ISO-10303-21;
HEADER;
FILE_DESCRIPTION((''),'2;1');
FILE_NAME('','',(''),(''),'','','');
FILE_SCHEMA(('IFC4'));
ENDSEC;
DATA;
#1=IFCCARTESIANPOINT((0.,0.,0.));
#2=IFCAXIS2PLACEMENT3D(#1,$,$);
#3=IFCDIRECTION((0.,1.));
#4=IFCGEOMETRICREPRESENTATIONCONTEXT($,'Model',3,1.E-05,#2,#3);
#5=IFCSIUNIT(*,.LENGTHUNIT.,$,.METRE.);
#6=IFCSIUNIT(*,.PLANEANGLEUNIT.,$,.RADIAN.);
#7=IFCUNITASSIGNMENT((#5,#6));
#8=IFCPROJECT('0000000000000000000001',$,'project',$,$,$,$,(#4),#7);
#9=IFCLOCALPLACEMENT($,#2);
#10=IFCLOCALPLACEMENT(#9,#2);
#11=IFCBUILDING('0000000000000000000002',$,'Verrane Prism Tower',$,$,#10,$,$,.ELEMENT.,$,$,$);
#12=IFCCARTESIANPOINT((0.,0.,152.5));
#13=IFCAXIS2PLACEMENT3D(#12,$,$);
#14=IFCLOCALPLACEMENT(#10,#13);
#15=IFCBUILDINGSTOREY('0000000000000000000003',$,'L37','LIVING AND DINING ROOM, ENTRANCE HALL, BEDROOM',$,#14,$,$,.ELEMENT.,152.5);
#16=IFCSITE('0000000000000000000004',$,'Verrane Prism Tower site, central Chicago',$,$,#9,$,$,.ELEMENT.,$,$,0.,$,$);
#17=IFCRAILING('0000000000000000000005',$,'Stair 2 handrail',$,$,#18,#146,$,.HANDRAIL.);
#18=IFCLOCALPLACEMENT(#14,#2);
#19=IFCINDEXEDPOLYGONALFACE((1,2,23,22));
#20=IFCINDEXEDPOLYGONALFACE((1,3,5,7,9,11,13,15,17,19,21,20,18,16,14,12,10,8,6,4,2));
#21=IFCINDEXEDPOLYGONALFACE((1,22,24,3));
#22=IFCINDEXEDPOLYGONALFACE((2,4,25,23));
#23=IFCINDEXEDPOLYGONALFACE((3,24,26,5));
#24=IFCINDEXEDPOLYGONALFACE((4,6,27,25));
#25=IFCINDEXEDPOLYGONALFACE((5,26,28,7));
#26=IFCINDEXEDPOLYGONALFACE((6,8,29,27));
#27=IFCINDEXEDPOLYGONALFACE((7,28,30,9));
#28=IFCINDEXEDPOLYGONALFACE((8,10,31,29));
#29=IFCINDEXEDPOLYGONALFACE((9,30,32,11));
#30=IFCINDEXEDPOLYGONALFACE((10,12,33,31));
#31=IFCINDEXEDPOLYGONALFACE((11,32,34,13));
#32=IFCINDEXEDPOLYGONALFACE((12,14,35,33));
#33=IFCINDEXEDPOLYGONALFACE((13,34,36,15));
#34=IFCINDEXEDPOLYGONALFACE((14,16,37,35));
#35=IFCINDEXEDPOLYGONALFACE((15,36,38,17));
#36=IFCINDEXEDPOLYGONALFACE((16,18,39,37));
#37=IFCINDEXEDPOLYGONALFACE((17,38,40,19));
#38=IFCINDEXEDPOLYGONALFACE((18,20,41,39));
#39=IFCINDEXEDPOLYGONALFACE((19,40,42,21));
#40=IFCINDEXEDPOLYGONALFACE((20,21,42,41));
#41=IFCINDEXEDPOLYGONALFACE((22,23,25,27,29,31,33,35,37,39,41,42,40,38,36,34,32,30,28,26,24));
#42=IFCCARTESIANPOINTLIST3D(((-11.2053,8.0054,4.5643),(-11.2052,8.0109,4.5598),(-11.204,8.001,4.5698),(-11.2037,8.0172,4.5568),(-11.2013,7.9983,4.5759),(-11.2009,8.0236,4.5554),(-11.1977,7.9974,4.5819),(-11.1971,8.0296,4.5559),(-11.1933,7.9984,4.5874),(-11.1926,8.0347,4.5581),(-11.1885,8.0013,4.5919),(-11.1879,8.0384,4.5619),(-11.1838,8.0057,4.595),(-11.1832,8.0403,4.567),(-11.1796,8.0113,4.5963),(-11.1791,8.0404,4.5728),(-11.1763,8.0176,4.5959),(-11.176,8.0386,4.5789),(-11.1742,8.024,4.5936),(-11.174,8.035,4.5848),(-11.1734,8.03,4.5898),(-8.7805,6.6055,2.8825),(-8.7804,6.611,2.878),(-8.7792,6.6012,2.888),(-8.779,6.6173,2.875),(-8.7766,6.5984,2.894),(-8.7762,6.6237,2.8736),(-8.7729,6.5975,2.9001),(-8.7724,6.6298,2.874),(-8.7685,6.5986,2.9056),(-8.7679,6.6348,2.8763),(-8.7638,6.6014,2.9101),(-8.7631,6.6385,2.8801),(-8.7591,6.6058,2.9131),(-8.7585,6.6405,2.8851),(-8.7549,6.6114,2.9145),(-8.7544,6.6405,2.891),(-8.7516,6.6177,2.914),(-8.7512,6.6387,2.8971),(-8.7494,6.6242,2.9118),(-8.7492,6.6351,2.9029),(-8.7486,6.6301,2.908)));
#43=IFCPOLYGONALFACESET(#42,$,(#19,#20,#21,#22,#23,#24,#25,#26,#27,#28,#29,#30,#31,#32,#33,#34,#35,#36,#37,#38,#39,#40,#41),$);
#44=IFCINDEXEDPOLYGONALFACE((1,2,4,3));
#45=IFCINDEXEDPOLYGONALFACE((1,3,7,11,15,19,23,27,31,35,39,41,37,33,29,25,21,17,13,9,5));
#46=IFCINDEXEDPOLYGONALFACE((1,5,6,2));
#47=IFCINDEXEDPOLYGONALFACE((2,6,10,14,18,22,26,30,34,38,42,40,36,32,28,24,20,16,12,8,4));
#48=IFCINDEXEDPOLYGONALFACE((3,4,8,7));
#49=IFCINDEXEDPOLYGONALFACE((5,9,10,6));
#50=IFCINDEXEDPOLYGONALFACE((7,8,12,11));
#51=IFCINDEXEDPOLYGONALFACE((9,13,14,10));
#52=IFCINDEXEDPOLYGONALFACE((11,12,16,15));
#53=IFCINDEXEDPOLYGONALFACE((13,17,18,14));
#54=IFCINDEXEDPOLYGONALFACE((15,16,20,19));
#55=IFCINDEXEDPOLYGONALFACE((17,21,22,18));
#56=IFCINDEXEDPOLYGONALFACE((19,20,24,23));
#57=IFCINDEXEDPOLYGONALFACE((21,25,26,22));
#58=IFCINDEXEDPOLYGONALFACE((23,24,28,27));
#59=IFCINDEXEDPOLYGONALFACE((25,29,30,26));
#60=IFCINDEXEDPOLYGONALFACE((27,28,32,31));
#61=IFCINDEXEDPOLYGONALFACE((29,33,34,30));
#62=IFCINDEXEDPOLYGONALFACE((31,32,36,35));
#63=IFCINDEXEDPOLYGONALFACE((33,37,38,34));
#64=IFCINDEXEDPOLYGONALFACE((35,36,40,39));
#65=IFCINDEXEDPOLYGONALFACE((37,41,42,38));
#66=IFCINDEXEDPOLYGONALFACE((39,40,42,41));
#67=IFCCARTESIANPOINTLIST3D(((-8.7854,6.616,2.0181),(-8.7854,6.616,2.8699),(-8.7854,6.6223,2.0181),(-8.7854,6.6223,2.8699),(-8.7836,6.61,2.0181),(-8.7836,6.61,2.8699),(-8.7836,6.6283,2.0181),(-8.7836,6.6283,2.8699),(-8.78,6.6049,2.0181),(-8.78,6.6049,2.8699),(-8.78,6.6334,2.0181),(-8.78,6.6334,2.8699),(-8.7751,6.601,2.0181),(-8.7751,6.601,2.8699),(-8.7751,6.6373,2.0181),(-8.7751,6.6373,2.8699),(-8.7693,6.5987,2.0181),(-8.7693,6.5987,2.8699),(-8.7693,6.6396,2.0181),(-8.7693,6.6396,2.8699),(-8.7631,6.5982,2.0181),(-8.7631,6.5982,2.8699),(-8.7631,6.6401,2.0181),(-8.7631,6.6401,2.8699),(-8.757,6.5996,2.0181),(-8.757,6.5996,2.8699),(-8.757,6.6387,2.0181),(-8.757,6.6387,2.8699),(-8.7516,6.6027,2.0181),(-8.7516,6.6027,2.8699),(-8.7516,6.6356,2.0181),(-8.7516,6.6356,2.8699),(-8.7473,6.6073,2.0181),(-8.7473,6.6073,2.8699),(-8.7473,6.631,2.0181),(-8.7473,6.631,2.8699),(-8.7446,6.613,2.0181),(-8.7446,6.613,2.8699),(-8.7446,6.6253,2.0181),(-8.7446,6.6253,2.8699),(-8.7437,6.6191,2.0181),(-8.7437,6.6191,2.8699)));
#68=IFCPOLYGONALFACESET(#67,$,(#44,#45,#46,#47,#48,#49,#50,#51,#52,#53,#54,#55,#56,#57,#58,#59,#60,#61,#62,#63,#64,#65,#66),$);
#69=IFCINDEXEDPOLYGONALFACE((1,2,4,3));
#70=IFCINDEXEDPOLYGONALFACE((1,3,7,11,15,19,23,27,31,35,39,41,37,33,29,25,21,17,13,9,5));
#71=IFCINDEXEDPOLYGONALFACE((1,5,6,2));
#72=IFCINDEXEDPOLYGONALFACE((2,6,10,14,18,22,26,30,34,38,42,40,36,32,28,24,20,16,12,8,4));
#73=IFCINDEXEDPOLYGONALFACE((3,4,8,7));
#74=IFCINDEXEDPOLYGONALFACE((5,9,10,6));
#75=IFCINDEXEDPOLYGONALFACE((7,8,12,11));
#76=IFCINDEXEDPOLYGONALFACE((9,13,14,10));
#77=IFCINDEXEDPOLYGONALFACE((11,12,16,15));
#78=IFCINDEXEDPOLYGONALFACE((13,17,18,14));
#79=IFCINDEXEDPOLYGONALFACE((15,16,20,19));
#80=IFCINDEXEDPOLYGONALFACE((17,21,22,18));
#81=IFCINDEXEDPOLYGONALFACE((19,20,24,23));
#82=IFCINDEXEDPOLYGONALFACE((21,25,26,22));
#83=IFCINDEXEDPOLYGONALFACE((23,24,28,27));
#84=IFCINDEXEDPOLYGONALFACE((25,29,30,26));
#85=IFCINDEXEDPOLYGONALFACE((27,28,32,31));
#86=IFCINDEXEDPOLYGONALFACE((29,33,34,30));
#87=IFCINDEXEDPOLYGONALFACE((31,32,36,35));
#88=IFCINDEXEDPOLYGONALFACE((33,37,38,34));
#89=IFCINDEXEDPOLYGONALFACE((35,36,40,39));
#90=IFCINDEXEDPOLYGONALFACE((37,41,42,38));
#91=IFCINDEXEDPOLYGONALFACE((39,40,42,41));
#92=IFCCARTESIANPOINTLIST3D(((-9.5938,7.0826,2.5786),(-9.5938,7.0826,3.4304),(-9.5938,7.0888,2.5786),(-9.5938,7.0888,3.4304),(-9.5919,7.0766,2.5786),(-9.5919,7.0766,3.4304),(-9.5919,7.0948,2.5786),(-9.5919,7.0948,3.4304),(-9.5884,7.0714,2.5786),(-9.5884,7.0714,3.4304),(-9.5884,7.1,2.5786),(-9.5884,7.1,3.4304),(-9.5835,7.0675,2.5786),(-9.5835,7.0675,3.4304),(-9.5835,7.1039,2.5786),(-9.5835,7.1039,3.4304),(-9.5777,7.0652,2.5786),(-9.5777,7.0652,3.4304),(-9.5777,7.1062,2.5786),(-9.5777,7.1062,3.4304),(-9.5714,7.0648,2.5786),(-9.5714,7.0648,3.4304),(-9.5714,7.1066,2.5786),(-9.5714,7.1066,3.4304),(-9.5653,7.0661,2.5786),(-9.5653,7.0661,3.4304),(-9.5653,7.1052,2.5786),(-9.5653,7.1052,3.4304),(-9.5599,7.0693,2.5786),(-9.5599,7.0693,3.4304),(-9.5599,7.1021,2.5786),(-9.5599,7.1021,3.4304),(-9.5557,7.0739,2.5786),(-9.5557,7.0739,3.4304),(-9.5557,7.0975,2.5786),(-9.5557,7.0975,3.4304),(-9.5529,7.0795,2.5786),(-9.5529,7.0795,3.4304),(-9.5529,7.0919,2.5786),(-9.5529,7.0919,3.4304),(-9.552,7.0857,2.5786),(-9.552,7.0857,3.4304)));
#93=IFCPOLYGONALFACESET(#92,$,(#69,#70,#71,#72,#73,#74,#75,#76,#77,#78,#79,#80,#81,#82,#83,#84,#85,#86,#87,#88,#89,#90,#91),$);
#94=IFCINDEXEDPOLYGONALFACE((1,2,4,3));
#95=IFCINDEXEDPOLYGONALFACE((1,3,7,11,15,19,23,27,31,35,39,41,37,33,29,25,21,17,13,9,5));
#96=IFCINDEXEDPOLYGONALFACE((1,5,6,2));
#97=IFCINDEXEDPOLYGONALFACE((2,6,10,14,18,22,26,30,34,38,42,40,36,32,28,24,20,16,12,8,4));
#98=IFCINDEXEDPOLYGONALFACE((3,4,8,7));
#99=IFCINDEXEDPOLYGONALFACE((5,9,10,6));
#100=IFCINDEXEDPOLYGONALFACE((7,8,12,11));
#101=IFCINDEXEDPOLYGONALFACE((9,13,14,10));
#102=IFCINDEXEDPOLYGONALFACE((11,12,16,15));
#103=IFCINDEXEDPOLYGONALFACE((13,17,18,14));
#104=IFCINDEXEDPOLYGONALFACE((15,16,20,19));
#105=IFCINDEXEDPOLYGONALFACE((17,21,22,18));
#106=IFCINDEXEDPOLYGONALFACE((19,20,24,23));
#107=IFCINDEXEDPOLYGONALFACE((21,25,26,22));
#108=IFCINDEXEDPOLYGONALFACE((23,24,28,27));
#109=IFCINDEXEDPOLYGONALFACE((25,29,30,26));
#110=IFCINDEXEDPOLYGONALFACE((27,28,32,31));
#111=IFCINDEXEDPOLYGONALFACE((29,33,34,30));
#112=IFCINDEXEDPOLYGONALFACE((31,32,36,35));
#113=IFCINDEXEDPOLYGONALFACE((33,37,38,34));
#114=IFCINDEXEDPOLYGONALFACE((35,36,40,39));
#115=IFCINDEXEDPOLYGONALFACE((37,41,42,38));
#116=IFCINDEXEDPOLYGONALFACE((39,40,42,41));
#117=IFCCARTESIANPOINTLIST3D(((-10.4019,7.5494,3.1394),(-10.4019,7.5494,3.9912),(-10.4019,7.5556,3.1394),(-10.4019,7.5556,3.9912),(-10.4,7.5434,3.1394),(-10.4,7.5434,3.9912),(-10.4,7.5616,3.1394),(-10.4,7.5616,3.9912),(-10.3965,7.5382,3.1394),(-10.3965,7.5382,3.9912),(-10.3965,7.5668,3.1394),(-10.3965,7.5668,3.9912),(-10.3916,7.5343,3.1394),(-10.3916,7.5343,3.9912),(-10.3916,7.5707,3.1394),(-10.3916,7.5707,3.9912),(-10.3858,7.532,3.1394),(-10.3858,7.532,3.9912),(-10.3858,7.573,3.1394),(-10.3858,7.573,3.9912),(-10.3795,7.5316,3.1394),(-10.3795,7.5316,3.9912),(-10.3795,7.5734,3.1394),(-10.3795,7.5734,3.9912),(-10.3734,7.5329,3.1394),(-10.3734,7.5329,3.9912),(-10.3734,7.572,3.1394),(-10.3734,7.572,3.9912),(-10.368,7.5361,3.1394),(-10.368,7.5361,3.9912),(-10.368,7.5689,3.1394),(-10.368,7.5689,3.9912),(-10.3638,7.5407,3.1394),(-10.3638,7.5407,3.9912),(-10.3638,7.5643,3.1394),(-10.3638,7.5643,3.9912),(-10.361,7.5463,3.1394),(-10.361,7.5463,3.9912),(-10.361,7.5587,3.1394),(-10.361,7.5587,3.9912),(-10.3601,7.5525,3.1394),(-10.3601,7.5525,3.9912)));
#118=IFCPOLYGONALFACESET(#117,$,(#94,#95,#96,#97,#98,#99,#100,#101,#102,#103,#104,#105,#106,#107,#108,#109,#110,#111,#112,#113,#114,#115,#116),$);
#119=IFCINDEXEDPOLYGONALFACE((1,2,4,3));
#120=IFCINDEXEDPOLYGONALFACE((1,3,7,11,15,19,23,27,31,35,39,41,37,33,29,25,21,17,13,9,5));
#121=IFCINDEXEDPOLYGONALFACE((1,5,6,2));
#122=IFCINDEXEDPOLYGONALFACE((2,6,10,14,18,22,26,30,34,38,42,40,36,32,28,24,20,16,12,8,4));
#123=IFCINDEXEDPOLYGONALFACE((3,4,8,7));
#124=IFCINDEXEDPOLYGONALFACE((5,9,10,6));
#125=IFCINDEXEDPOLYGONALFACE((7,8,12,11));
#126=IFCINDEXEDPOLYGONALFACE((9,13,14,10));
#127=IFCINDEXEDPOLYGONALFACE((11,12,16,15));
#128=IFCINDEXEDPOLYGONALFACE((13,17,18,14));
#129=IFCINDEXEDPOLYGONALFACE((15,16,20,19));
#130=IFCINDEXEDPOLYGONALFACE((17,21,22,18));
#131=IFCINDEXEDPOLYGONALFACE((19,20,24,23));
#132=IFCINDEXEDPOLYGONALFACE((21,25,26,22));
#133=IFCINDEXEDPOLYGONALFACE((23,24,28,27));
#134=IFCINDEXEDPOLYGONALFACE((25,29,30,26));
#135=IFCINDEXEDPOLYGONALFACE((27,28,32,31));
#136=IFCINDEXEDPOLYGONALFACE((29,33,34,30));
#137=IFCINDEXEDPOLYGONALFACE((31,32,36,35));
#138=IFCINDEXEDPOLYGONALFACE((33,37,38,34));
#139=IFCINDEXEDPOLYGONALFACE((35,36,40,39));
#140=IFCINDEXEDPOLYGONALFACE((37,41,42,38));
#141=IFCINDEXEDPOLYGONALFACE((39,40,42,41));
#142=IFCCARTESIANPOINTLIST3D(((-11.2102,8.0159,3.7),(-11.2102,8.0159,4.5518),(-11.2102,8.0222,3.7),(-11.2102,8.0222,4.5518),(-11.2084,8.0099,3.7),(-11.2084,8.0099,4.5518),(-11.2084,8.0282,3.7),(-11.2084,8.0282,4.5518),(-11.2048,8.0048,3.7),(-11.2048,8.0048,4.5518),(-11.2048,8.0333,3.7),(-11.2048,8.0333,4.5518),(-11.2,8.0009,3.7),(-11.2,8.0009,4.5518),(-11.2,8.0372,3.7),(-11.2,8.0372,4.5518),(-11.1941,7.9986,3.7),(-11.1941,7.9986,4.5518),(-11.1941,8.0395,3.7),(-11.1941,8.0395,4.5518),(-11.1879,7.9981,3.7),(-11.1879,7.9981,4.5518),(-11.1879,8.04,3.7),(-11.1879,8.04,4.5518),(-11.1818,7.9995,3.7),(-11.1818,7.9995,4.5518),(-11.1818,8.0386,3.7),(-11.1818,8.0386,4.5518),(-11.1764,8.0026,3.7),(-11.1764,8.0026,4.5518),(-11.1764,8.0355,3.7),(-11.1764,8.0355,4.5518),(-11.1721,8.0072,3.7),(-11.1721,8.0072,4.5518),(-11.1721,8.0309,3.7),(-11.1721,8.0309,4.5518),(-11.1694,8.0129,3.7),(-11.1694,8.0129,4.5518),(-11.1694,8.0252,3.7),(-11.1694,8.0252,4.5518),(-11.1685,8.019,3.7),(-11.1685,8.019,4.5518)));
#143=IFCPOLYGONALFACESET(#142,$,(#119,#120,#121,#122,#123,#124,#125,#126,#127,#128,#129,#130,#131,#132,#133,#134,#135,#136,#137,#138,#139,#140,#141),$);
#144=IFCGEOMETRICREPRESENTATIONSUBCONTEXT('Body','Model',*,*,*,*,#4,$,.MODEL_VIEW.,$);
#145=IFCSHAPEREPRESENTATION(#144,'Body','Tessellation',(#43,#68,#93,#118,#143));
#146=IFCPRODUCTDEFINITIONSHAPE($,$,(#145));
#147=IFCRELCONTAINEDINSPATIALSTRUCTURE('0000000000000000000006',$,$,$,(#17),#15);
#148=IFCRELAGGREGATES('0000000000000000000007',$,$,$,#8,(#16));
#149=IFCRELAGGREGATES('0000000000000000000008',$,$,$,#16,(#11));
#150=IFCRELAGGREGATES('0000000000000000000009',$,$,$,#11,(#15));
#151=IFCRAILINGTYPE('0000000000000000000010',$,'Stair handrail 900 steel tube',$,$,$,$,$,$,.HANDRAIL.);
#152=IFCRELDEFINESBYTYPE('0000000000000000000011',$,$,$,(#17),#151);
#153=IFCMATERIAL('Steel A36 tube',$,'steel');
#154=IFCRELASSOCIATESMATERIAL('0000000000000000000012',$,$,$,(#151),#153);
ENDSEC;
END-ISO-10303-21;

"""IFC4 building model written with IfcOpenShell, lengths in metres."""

from ifc_helpers import new_model, si_unit, direction, frame, origin, origin_2d, place, context, subcontext, project, spatial, circle, extrude, material, type_object, element, save


model = new_model("IFC4")

# Units and contexts
model_context = context("Model", 3, precision=1e-05, world=origin(), true_north=direction((0.0, 1.0)))
body_context = subcontext(model_context, "Body", "Model", "MODEL_VIEW")
ifc_project = project(units=[si_unit("LENGTHUNIT", "METRE"), si_unit("PLANEANGLEUNIT", "RADIAN")], contexts=[model_context])

# Site, building, storey
site_placement = place(None, origin())
site = spatial("IfcSite", under=ifc_project, at=site_placement, Name="Verrane Prism Tower site, central Chicago", CompositionType="ELEMENT", RefElevation=0.0)
building_placement = place(site_placement, origin())
building = spatial("IfcBuilding", under=site, at=building_placement, Name="Verrane Prism Tower", CompositionType="ELEMENT")
storey_placement = place(building_placement, frame((0.0, 0.0, 152.5)))
storey = spatial("IfcBuildingStorey", under=building, at=storey_placement, Name="L37", Description="LIVING AND DINING ROOM, ENTRANCE HALL, BEDROOM", CompositionType="ELEMENT", Elevation=152.5)

# Railing
ifc_material_1 = material(Name="Steel A36 tube", Category="steel")
railing_type_1 = type_object("IfcRailingType", Name="Stair handrail 900 steel tube", PredefinedType="HANDRAIL", material=ifc_material_1)
railing_1_placement = place(storey_placement, frame((-8.7646, 6.6191, 2.0181)))
element("IfcRailing", 1, at=railing_1_placement, inside=storey, type_object=railing_type_1, Name="Stair 2 handrail", PredefinedType="HANDRAIL", context=body_context, shape_type="SweptSolid", body=[
    extrude(circle(Radius=0.0239, at=origin_2d()), frame((0.0, 0.0, 0.876), z_axis=(-0.74239, 0.428601, 0.514934), x_axis=(-0.499984, -0.866035, 0.0)), (0.0, 0.0, 1.0), 3.2661),
    extrude(circle(Radius=0.021, at=origin_2d()), origin(), (0.0, 0.0, 1.0), 0.8518),
    extrude(circle(Radius=0.021, at=origin_2d()), frame((-0.8083, 0.4666, 0.5605)), (0.0, 0.0, 1.0), 0.8518),
    extrude(circle(Radius=0.021, at=origin_2d()), frame((-1.6165, 0.9333, 1.1213)), (0.0, 0.0, 1.0), 0.8518),
    extrude(circle(Radius=0.021, at=origin_2d()), frame((-2.4248, 1.3999, 1.6819)), (0.0, 0.0, 1.0), 0.8518),
])

save(model, "model.ifc")
